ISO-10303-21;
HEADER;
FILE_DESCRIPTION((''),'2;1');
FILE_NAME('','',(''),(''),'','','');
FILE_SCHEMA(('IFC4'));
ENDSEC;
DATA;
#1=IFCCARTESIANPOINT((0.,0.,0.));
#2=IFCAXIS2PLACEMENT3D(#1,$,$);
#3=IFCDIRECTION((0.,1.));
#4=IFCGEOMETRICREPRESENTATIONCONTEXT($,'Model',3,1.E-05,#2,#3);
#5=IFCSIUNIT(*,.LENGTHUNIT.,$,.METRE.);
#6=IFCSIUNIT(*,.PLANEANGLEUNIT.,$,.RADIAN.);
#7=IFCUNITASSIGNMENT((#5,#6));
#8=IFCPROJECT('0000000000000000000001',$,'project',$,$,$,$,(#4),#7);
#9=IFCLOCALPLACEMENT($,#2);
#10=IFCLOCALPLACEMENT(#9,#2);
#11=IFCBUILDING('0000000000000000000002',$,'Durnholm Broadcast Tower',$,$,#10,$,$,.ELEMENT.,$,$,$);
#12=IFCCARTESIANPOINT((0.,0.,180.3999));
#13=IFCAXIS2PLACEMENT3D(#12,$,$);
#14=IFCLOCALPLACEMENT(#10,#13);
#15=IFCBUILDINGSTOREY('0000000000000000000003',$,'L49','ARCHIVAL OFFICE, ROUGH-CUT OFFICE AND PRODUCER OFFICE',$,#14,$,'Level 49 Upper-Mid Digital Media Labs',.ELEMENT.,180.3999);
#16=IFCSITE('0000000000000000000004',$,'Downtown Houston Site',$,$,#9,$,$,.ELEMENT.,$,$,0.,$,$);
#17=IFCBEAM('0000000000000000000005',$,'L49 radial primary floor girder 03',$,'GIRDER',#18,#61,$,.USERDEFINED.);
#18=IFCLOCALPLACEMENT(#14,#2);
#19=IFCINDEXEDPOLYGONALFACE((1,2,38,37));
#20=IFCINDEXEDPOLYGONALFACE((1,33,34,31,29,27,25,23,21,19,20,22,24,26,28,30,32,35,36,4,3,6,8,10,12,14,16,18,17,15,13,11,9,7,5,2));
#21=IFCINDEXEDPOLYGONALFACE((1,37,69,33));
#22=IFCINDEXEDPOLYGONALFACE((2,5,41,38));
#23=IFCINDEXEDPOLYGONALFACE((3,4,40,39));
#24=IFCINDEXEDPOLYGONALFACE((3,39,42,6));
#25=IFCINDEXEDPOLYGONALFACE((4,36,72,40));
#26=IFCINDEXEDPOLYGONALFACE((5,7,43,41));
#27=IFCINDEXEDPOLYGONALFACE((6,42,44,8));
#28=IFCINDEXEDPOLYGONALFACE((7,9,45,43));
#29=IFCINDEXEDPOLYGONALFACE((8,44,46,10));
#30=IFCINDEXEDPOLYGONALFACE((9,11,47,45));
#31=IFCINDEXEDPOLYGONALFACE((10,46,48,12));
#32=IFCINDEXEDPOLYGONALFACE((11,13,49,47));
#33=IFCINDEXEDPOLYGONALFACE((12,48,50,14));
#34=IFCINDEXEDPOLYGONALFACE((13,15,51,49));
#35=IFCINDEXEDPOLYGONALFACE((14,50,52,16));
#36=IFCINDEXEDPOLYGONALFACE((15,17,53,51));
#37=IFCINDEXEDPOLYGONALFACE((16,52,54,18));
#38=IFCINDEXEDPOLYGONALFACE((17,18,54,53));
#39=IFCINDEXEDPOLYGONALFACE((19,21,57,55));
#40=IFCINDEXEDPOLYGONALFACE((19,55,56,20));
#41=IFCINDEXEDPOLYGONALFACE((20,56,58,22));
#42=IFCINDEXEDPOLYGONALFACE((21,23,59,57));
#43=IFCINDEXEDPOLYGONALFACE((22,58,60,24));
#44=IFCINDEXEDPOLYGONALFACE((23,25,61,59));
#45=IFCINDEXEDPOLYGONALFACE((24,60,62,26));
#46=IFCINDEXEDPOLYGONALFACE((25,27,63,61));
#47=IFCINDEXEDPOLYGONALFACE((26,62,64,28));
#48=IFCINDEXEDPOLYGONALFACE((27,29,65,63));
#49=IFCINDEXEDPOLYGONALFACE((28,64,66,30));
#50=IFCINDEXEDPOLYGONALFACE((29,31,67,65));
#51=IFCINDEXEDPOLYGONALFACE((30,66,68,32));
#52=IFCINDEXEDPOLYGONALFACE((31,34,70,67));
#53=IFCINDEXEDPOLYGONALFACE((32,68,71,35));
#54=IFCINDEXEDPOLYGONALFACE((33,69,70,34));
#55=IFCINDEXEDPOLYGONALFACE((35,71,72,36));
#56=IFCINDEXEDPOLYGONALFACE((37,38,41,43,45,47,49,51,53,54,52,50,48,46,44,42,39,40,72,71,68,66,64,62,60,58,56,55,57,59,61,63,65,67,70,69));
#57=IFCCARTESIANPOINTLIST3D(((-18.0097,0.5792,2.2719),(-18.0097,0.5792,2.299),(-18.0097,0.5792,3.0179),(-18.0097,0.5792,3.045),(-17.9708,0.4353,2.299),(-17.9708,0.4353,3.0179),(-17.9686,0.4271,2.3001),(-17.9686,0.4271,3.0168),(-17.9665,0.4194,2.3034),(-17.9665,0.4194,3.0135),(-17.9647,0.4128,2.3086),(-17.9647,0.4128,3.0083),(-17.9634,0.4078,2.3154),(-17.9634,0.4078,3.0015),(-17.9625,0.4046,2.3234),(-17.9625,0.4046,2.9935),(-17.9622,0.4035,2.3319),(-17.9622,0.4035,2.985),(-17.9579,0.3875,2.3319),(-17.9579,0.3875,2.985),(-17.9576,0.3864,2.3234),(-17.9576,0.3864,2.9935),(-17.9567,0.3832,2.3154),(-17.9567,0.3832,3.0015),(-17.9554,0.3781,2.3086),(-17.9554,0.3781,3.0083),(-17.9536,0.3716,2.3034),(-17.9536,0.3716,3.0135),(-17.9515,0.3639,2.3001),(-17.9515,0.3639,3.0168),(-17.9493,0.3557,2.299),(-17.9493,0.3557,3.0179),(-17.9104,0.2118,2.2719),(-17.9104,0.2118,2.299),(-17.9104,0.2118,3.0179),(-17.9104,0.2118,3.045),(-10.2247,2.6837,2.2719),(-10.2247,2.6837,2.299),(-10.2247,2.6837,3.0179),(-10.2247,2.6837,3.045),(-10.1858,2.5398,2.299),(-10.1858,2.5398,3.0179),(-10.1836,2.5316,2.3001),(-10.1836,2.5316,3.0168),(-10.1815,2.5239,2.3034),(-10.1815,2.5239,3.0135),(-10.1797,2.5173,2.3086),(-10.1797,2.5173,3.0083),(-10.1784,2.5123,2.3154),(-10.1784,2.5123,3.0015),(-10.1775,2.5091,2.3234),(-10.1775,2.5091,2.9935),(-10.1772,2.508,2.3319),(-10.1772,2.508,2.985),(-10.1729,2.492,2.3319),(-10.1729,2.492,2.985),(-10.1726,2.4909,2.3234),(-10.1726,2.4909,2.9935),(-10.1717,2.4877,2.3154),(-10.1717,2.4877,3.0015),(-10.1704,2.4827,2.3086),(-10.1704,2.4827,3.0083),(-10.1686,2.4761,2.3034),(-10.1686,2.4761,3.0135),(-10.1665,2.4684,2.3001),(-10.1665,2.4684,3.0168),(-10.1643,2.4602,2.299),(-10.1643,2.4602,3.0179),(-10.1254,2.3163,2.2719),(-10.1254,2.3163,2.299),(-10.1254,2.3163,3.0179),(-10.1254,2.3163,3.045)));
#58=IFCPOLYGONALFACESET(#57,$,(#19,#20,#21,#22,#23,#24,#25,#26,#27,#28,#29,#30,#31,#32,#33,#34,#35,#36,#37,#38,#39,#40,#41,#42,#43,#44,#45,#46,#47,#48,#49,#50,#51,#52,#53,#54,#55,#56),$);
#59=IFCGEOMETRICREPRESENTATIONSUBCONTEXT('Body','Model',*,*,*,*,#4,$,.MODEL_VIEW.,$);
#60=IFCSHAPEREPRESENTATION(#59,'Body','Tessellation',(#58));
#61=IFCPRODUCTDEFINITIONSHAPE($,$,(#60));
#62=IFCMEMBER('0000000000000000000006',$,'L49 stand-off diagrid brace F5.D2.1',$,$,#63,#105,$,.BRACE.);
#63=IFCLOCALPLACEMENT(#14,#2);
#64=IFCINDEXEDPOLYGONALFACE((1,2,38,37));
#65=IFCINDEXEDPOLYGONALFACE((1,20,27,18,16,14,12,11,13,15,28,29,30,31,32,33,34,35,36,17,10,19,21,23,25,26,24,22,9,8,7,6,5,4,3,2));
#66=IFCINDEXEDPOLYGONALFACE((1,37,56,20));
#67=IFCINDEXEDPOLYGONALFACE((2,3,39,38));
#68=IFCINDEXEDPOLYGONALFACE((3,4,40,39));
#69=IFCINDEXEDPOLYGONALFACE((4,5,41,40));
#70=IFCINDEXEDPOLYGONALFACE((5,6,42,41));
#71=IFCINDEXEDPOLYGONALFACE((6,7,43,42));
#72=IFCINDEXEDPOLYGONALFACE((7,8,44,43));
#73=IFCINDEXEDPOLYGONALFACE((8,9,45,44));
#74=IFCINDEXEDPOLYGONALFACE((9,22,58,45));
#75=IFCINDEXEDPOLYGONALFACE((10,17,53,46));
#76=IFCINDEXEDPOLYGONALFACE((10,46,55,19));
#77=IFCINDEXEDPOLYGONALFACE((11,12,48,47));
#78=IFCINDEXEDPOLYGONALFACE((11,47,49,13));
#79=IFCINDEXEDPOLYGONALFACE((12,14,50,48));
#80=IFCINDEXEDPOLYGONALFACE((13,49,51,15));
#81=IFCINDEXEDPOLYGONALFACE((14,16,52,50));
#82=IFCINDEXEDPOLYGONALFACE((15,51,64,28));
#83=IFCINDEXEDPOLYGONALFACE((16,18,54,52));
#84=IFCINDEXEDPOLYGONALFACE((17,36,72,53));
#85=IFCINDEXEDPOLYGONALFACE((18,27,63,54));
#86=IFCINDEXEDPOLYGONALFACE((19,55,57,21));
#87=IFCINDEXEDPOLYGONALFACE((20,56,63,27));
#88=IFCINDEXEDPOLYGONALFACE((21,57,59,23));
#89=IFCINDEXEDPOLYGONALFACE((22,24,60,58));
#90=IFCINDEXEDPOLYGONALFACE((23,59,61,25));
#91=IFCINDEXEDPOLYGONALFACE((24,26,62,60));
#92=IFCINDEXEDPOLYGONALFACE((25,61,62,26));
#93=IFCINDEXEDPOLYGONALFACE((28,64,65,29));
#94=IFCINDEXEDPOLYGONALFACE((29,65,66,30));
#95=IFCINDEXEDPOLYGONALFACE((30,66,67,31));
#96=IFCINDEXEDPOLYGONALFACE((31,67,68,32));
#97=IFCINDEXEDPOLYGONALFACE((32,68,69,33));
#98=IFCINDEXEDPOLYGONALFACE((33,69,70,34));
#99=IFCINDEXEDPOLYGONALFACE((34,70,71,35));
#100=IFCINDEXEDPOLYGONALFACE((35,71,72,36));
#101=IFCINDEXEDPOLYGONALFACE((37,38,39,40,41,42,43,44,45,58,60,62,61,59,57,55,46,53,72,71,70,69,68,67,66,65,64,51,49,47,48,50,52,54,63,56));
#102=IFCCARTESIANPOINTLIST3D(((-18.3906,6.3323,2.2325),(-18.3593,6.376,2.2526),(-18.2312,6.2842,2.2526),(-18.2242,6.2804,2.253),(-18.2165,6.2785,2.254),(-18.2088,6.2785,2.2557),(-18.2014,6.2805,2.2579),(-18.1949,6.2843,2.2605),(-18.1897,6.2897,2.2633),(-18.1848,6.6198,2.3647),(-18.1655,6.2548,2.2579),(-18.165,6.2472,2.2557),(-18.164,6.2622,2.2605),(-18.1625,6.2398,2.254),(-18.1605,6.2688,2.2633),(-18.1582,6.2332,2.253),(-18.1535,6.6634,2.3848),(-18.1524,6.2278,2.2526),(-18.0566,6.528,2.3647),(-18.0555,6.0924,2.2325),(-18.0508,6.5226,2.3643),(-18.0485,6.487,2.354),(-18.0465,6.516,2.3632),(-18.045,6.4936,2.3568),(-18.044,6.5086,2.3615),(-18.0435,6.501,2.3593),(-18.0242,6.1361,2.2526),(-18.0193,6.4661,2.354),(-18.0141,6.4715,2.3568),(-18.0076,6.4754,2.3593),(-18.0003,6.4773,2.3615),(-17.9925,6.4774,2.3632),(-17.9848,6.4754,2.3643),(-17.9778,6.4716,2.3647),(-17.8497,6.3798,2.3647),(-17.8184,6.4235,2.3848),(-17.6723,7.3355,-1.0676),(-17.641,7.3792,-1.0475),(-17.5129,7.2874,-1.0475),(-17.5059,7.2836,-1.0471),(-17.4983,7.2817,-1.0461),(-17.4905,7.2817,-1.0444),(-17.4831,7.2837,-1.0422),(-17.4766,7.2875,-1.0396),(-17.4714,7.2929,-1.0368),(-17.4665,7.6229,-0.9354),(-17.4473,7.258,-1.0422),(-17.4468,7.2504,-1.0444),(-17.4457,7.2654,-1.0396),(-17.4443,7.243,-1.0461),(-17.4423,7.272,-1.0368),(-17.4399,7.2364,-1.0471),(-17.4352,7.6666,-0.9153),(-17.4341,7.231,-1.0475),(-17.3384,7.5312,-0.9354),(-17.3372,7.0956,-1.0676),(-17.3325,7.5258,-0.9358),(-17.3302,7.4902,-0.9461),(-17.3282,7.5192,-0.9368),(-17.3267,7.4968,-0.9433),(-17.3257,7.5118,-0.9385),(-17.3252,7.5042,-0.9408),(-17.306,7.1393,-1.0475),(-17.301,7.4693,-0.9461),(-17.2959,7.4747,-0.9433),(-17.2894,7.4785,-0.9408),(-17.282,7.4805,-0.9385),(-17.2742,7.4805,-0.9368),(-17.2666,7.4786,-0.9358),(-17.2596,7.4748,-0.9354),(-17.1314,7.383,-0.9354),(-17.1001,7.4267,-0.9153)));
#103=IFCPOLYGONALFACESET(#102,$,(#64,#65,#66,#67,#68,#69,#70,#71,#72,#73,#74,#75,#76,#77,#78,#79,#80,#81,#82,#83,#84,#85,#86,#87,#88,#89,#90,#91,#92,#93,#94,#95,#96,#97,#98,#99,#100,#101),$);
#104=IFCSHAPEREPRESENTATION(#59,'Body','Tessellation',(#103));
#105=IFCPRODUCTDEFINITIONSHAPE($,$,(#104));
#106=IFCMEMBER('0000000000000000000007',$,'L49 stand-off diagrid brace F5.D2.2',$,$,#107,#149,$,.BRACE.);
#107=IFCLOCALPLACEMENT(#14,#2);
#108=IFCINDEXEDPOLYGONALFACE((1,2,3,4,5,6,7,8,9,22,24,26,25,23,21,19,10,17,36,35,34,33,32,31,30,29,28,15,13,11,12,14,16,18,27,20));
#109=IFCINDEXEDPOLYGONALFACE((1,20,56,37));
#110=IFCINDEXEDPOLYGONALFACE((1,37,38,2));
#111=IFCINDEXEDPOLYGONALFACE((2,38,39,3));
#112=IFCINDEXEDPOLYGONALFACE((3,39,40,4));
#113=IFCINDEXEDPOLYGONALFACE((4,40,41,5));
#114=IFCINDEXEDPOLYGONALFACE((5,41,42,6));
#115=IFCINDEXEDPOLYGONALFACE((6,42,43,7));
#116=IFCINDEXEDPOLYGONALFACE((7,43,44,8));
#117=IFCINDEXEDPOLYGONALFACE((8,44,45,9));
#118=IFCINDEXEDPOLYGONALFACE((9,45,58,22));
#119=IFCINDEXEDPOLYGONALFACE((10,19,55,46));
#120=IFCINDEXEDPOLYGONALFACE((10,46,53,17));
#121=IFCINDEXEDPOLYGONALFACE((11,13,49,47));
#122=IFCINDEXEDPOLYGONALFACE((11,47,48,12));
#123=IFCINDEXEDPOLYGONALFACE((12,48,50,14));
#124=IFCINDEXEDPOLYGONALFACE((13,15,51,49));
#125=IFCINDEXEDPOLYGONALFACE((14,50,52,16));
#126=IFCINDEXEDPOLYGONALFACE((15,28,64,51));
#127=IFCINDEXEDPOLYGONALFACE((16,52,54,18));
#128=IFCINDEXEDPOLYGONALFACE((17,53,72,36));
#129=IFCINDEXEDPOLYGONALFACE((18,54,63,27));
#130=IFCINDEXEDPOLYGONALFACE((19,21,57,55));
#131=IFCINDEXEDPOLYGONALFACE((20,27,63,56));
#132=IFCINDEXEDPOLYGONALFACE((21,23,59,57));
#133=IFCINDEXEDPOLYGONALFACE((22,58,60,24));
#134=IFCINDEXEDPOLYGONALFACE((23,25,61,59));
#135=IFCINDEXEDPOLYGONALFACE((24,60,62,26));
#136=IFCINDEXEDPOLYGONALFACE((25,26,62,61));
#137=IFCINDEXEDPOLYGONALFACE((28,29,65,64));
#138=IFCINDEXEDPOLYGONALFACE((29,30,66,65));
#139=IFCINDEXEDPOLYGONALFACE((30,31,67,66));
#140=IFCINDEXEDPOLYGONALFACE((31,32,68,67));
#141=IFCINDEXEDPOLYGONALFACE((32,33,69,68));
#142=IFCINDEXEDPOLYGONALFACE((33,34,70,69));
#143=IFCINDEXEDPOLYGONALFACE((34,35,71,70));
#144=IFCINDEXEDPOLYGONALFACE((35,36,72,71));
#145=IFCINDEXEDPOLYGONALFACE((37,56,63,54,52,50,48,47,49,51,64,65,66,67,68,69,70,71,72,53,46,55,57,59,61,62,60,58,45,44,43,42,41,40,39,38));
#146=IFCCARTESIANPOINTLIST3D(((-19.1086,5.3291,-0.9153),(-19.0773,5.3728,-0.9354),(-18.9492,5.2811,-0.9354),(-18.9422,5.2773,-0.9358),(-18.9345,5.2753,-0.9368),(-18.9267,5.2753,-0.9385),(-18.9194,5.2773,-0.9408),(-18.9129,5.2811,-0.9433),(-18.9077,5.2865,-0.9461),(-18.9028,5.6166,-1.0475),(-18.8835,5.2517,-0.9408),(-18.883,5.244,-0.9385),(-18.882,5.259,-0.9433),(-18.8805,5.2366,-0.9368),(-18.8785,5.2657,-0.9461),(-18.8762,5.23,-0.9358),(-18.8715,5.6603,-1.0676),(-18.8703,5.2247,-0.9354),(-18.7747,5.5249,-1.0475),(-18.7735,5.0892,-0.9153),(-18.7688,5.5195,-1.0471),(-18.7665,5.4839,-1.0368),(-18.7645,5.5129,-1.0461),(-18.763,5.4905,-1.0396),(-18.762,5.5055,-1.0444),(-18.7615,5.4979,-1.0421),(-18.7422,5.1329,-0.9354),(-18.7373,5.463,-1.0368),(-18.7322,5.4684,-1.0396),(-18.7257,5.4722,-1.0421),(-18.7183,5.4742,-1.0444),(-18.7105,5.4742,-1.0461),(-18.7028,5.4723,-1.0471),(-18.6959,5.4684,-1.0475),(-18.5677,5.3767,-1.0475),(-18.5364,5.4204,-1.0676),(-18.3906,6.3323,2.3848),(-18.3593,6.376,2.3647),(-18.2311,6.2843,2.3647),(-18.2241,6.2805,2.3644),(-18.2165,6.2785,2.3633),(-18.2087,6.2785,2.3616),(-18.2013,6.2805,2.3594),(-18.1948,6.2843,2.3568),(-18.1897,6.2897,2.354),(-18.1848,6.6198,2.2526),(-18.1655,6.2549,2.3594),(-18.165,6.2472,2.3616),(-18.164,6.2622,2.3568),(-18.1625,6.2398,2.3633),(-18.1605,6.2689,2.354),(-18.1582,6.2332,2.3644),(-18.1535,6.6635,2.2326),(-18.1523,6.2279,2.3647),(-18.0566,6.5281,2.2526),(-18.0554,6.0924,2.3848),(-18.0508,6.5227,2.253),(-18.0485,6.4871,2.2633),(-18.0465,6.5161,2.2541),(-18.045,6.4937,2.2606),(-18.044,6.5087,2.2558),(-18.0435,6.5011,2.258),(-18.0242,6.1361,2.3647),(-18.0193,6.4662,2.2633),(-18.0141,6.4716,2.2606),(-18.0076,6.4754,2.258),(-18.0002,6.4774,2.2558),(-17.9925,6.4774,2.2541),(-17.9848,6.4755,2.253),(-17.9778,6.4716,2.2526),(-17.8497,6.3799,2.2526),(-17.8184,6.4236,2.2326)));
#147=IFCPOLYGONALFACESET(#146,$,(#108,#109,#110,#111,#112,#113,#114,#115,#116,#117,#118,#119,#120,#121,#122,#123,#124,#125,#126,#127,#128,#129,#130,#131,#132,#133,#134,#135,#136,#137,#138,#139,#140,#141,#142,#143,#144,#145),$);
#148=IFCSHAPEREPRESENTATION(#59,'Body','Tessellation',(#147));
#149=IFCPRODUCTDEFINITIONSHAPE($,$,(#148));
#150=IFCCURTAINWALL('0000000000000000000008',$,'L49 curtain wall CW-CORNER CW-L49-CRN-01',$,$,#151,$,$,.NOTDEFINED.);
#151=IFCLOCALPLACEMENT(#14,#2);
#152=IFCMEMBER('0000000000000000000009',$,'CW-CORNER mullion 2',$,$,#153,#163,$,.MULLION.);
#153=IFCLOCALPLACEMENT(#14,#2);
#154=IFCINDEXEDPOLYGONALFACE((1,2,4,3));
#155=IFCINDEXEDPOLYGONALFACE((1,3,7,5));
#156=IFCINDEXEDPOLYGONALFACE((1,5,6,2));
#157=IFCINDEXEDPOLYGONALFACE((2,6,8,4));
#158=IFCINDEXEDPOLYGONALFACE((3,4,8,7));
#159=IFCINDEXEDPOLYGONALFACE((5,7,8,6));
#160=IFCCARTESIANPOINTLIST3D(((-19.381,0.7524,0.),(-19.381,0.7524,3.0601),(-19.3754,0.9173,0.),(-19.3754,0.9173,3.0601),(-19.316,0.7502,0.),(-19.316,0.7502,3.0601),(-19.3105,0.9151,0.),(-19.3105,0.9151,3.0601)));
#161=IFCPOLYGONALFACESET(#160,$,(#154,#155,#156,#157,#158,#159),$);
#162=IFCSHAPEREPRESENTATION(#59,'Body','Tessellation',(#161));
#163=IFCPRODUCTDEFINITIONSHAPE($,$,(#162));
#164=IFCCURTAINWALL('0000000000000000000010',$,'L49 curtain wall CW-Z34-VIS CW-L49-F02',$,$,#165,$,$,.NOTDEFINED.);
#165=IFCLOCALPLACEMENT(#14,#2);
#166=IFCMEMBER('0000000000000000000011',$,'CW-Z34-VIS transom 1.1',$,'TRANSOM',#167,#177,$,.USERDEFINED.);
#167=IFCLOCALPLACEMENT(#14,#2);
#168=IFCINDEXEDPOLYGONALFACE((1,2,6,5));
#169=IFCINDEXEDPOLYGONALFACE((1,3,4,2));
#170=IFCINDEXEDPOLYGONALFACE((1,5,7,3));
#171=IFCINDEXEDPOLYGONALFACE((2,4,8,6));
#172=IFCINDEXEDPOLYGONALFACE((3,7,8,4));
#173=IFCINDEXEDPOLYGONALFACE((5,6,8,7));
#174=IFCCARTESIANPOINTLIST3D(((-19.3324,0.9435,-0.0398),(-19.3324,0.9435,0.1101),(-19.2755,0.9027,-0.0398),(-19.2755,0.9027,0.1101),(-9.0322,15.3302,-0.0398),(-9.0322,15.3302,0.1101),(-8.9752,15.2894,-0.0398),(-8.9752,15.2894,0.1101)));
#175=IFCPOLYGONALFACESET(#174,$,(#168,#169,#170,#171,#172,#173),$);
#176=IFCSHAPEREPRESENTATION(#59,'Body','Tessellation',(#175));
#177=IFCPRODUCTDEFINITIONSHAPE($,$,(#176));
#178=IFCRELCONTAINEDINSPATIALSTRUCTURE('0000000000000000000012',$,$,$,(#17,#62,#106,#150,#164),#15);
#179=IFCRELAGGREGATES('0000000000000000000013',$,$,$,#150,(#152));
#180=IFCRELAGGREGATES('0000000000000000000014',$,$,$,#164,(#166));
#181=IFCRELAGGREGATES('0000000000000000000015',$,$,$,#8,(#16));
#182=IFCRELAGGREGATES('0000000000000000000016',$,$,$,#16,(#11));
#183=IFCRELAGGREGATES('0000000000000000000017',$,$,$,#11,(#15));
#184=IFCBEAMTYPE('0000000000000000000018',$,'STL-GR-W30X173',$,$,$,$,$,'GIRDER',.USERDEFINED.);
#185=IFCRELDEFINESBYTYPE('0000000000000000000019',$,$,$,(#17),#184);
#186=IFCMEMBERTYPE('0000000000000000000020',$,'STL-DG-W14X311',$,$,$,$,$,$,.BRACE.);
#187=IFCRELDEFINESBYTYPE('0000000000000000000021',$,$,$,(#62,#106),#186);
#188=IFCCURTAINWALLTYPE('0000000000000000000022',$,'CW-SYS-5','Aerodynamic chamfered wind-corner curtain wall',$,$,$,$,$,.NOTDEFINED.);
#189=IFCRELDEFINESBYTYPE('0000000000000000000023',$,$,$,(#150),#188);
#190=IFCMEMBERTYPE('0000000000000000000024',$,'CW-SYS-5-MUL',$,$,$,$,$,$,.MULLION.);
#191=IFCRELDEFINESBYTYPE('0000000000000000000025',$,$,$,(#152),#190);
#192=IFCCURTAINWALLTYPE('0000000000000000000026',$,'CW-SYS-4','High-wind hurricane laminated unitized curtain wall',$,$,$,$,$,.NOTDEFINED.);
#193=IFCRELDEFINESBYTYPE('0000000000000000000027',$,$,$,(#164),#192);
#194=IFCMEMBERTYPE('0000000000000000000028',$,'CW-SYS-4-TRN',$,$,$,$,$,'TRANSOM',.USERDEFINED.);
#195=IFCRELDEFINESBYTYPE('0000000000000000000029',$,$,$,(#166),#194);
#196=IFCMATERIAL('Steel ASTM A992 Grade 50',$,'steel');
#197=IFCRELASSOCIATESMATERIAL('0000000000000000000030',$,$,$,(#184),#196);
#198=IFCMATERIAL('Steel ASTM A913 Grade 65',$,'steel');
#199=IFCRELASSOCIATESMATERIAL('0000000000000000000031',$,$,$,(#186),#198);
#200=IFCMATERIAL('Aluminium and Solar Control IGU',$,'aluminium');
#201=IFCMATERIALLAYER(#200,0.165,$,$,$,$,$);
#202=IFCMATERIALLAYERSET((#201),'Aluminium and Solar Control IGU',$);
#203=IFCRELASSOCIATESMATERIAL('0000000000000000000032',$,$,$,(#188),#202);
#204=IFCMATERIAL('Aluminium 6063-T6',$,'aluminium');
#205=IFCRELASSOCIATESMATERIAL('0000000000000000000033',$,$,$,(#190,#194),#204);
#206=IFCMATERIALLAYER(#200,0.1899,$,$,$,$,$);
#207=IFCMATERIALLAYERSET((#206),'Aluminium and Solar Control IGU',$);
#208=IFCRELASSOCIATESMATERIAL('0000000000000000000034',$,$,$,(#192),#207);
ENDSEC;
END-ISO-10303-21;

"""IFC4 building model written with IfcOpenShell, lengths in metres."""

from ifc_helpers import new_model, si_unit, direction, frame, origin, origin_2d, place, context, subcontext, project, spatial, rectangle, i_section, extrude, source, transform, mapped, material, layer, layer_set, material_profile, profile_set, type_object, type_shapes, element, aggregate, save


model = new_model("IFC4")

# Units and contexts
model_context = context("Model", 3, precision=1e-05, world=origin(), true_north=direction((0.0, 1.0)))
body_context = subcontext(model_context, "Body", "Model", "MODEL_VIEW")
ifc_project = project(units=[si_unit("LENGTHUNIT", "METRE"), si_unit("PLANEANGLEUNIT", "RADIAN")], contexts=[model_context])

# Site, building, storey
site_placement = place(None, origin())
site = spatial("IfcSite", under=ifc_project, at=site_placement, Name="Downtown Houston Site", CompositionType="ELEMENT", RefElevation=0.0)
building_placement = place(site_placement, origin())
building = spatial("IfcBuilding", under=site, at=building_placement, Name="Durnholm Broadcast Tower", CompositionType="ELEMENT")
storey_placement = place(building_placement, frame((0.0, 0.0, 180.3999)))
storey = spatial("IfcBuildingStorey", under=building, at=storey_placement, Name="L49", Description="ARCHIVAL OFFICE, ROUGH-CUT OFFICE AND PRODUCER OFFICE", LongName="Level 49 Upper-Mid Digital Media Labs", CompositionType="ELEMENT", Elevation=180.3999)

# Beam
ifc_material_1 = material(Name="Steel ASTM A992 Grade 50", Category="steel")
ifc_material_profile_1 = material_profile(ifc_material_1, i_section(OverallWidth=0.3806, OverallDepth=0.7732, WebThickness=0.0166, FlangeThickness=0.0271, FilletRadius=0.033, at=origin_2d()), Name="W30X173")
ifc_profile_set_1 = profile_set([ifc_material_profile_1], Name="Steel ASTM A992 Grade 50")
beam_type_1 = type_object("IfcBeamType", Name="STL-GR-W30X173", ElementType="GIRDER", PredefinedType="USERDEFINED", material=ifc_profile_set_1)
shared_shape_1 = source(origin(), body_context, "Body", "SweptSolid", [
    extrude(i_section(OverallWidth=0.3806, OverallDepth=0.7732, WebThickness=0.0166, FlangeThickness=0.0271, FilletRadius=0.033, at=origin_2d()), origin(), (0.0, 0.0, 1.0), 8.0645),
])
beam_1_placement = place(storey_placement, frame((-10.175, 2.5, 2.6584), z_axis=(-0.965349, -0.260962, 0.0), x_axis=(0.260962, -0.965349, 0.0)))
element("IfcBeam", 1, at=beam_1_placement, inside=storey, type_object=beam_type_1, Name="L49 radial primary floor girder 03", ObjectType="GIRDER", PredefinedType="USERDEFINED", context=body_context, shape_type="MappedRepresentation", body=[
    mapped(shared_shape_1, transform((0.0, 0.0, 0.0), x_axis=(1.0, 0.0, 0.0), y_axis=(0.0, 1.0, 0.0), z_axis=(0.0, 0.0, 1.0), scale=1.0)),
])

# Members
ifc_material_2 = material(Name="Steel ASTM A913 Grade 65", Category="steel")
ifc_material_profile_2 = material_profile(ifc_material_2, i_section(OverallWidth=0.4121, OverallDepth=0.4348, WebThickness=0.0359, FlangeThickness=0.0574, FilletRadius=0.0305, at=origin_2d()), Name="W14X311")
ifc_profile_set_2 = profile_set([ifc_material_profile_2], Name="Steel ASTM A913 Grade 65")
member_type_1 = type_object("IfcMemberType", Name="STL-DG-W14X311", PredefinedType="BRACE", material=ifc_profile_set_2)
shared_shape_2 = source(origin(), body_context, "Body", "SweptSolid", [
    extrude(i_section(OverallWidth=0.4121, OverallDepth=0.4348, WebThickness=0.0359, FlangeThickness=0.0574, FilletRadius=0.0305, at=origin_2d()), origin(), (0.0, 0.0, 1.0), 3.5232),
])
type_shapes(member_type_1, [shared_shape_2])
for number, where, z_axis, x_axis, name in (
    (2, (-17.3862, 7.3811, -0.9915), (-0.203869, -0.284738, 0.936676), (0.813078, -0.582155, 0.0), "L49 stand-off diagrid brace F5.D2.1"),
    (3, (-18.8225, 5.3748, -0.9915), (0.203803, 0.284742, 0.936689), (-0.813171, 0.582024, 0.0), "L49 stand-off diagrid brace F5.D2.2"),
):
    element("IfcMember", number, at=place(storey_placement, frame(where, z_axis=z_axis, x_axis=x_axis)), inside=storey, type_object=member_type_1, Name=name, PredefinedType="BRACE", context=body_context, shape_type="MappedRepresentation", body=[
        mapped(shared_shape_2, transform((0.0, 0.0, 0.0), x_axis=(1.0, 0.0, 0.0), y_axis=(0.0, 1.0, 0.0), z_axis=(0.0, 0.0, 1.0), scale=1.0)),
    ])

# Curtain wall, member
ifc_material_3 = material(Name="Aluminium and Solar Control IGU", Category="aluminium")
ifc_layer_1 = layer(ifc_material_3, 0.165)
ifc_layer_set_1 = layer_set([ifc_layer_1], Name="Aluminium and Solar Control IGU")
curtain_wall_type_1 = type_object("IfcCurtainWallType", Name="CW-SYS-5", Description="Aerodynamic chamfered wind-corner curtain wall", PredefinedType="NOTDEFINED", material=ifc_layer_set_1)
curtain_wall_1_placement = place(storey_placement, origin())
curtain_wall_1 = element("IfcCurtainWall", 4, at=curtain_wall_1_placement, inside=storey, type_object=curtain_wall_type_1, Name="L49 curtain wall CW-CORNER CW-L49-CRN-01", PredefinedType="NOTDEFINED")
ifc_material_4 = material(Name="Aluminium 6063-T6", Category="aluminium")
ifc_material_profile_3 = material_profile(ifc_material_4, rectangle(XDim=0.0649, YDim=0.165, at=origin_2d()), Name="CWM65X165")
ifc_profile_set_3 = profile_set([ifc_material_profile_3], Name="Aluminium 6063-T6")
member_type_2 = type_object("IfcMemberType", Name="CW-SYS-5-MUL", PredefinedType="MULLION", material=ifc_profile_set_3)
shared_shape_3 = source(origin(), body_context, "Body", "SweptSolid", [
    extrude(rectangle(XDim=0.0649, YDim=0.165, at=origin_2d()), origin(), (0.0, 0.0, 1.0), 3.0601),
])
type_shapes(member_type_2, [shared_shape_3])
member_1_placement = place(storey_placement, frame((-19.3457, 0.8337, 0.0), z_axis=(0.0, 0.0, 1.0), x_axis=(-0.999425, 0.033913, 0.0)))
member_1 = element("IfcMember", 5, at=member_1_placement, type_object=member_type_2, Name="CW-CORNER mullion 2", PredefinedType="MULLION", context=body_context, shape_type="MappedRepresentation", body=[
    mapped(shared_shape_3, transform((0.0, 0.0, 0.0), x_axis=(1.0, 0.0, 0.0), y_axis=(0.0, 1.0, 0.0), z_axis=(0.0, 0.0, 1.0), scale=1.0)),
])
aggregate(curtain_wall_1, [member_1])

# Curtain wall, member
ifc_layer_2 = layer(ifc_material_3, 0.1899)
ifc_layer_set_2 = layer_set([ifc_layer_2], Name="Aluminium and Solar Control IGU")
curtain_wall_type_2 = type_object("IfcCurtainWallType", Name="CW-SYS-4", Description="High-wind hurricane laminated unitized curtain wall", PredefinedType="NOTDEFINED", material=ifc_layer_set_2)
curtain_wall_2_placement = place(storey_placement, origin())
curtain_wall_2 = element("IfcCurtainWall", 6, at=curtain_wall_2_placement, inside=storey, type_object=curtain_wall_type_2, Name="L49 curtain wall CW-Z34-VIS CW-L49-F02", PredefinedType="NOTDEFINED")
ifc_material_profile_4 = material_profile(ifc_material_4, rectangle(XDim=0.0701, YDim=0.1499, at=origin_2d()), Name="CWT70X150")
ifc_profile_set_4 = profile_set([ifc_material_profile_4], Name="Aluminium 6063-T6")
member_type_3 = type_object("IfcMemberType", Name="CW-SYS-4-TRN", ElementType="TRANSOM", PredefinedType="USERDEFINED", material=ifc_profile_set_4)
shared_shape_4 = source(origin(), body_context, "Body", "SweptSolid", [
    extrude(rectangle(XDim=0.0701, YDim=0.1499, at=origin_2d()), origin(), (0.0, 0.0, 1.0), 17.6938),
])
type_shapes(member_type_3, [shared_shape_4])
member_2_placement = place(storey_placement, frame((-19.304, 0.9231, 0.0352), z_axis=(0.582138, 0.81309, 0.0), x_axis=(-0.81309, 0.582138, 0.0)))
member_2 = element("IfcMember", 7, at=member_2_placement, type_object=member_type_3, Name="CW-Z34-VIS transom 1.1", ObjectType="TRANSOM", PredefinedType="USERDEFINED", context=body_context, shape_type="MappedRepresentation", body=[
    mapped(shared_shape_4, transform((0.0, 0.0, 0.0), x_axis=(1.0, 0.0, 0.0), y_axis=(0.0, 1.0, 0.0), z_axis=(0.0, 0.0, 1.0), scale=1.0)),
])
aggregate(curtain_wall_2, [member_2])

save(model, "model.ifc")
